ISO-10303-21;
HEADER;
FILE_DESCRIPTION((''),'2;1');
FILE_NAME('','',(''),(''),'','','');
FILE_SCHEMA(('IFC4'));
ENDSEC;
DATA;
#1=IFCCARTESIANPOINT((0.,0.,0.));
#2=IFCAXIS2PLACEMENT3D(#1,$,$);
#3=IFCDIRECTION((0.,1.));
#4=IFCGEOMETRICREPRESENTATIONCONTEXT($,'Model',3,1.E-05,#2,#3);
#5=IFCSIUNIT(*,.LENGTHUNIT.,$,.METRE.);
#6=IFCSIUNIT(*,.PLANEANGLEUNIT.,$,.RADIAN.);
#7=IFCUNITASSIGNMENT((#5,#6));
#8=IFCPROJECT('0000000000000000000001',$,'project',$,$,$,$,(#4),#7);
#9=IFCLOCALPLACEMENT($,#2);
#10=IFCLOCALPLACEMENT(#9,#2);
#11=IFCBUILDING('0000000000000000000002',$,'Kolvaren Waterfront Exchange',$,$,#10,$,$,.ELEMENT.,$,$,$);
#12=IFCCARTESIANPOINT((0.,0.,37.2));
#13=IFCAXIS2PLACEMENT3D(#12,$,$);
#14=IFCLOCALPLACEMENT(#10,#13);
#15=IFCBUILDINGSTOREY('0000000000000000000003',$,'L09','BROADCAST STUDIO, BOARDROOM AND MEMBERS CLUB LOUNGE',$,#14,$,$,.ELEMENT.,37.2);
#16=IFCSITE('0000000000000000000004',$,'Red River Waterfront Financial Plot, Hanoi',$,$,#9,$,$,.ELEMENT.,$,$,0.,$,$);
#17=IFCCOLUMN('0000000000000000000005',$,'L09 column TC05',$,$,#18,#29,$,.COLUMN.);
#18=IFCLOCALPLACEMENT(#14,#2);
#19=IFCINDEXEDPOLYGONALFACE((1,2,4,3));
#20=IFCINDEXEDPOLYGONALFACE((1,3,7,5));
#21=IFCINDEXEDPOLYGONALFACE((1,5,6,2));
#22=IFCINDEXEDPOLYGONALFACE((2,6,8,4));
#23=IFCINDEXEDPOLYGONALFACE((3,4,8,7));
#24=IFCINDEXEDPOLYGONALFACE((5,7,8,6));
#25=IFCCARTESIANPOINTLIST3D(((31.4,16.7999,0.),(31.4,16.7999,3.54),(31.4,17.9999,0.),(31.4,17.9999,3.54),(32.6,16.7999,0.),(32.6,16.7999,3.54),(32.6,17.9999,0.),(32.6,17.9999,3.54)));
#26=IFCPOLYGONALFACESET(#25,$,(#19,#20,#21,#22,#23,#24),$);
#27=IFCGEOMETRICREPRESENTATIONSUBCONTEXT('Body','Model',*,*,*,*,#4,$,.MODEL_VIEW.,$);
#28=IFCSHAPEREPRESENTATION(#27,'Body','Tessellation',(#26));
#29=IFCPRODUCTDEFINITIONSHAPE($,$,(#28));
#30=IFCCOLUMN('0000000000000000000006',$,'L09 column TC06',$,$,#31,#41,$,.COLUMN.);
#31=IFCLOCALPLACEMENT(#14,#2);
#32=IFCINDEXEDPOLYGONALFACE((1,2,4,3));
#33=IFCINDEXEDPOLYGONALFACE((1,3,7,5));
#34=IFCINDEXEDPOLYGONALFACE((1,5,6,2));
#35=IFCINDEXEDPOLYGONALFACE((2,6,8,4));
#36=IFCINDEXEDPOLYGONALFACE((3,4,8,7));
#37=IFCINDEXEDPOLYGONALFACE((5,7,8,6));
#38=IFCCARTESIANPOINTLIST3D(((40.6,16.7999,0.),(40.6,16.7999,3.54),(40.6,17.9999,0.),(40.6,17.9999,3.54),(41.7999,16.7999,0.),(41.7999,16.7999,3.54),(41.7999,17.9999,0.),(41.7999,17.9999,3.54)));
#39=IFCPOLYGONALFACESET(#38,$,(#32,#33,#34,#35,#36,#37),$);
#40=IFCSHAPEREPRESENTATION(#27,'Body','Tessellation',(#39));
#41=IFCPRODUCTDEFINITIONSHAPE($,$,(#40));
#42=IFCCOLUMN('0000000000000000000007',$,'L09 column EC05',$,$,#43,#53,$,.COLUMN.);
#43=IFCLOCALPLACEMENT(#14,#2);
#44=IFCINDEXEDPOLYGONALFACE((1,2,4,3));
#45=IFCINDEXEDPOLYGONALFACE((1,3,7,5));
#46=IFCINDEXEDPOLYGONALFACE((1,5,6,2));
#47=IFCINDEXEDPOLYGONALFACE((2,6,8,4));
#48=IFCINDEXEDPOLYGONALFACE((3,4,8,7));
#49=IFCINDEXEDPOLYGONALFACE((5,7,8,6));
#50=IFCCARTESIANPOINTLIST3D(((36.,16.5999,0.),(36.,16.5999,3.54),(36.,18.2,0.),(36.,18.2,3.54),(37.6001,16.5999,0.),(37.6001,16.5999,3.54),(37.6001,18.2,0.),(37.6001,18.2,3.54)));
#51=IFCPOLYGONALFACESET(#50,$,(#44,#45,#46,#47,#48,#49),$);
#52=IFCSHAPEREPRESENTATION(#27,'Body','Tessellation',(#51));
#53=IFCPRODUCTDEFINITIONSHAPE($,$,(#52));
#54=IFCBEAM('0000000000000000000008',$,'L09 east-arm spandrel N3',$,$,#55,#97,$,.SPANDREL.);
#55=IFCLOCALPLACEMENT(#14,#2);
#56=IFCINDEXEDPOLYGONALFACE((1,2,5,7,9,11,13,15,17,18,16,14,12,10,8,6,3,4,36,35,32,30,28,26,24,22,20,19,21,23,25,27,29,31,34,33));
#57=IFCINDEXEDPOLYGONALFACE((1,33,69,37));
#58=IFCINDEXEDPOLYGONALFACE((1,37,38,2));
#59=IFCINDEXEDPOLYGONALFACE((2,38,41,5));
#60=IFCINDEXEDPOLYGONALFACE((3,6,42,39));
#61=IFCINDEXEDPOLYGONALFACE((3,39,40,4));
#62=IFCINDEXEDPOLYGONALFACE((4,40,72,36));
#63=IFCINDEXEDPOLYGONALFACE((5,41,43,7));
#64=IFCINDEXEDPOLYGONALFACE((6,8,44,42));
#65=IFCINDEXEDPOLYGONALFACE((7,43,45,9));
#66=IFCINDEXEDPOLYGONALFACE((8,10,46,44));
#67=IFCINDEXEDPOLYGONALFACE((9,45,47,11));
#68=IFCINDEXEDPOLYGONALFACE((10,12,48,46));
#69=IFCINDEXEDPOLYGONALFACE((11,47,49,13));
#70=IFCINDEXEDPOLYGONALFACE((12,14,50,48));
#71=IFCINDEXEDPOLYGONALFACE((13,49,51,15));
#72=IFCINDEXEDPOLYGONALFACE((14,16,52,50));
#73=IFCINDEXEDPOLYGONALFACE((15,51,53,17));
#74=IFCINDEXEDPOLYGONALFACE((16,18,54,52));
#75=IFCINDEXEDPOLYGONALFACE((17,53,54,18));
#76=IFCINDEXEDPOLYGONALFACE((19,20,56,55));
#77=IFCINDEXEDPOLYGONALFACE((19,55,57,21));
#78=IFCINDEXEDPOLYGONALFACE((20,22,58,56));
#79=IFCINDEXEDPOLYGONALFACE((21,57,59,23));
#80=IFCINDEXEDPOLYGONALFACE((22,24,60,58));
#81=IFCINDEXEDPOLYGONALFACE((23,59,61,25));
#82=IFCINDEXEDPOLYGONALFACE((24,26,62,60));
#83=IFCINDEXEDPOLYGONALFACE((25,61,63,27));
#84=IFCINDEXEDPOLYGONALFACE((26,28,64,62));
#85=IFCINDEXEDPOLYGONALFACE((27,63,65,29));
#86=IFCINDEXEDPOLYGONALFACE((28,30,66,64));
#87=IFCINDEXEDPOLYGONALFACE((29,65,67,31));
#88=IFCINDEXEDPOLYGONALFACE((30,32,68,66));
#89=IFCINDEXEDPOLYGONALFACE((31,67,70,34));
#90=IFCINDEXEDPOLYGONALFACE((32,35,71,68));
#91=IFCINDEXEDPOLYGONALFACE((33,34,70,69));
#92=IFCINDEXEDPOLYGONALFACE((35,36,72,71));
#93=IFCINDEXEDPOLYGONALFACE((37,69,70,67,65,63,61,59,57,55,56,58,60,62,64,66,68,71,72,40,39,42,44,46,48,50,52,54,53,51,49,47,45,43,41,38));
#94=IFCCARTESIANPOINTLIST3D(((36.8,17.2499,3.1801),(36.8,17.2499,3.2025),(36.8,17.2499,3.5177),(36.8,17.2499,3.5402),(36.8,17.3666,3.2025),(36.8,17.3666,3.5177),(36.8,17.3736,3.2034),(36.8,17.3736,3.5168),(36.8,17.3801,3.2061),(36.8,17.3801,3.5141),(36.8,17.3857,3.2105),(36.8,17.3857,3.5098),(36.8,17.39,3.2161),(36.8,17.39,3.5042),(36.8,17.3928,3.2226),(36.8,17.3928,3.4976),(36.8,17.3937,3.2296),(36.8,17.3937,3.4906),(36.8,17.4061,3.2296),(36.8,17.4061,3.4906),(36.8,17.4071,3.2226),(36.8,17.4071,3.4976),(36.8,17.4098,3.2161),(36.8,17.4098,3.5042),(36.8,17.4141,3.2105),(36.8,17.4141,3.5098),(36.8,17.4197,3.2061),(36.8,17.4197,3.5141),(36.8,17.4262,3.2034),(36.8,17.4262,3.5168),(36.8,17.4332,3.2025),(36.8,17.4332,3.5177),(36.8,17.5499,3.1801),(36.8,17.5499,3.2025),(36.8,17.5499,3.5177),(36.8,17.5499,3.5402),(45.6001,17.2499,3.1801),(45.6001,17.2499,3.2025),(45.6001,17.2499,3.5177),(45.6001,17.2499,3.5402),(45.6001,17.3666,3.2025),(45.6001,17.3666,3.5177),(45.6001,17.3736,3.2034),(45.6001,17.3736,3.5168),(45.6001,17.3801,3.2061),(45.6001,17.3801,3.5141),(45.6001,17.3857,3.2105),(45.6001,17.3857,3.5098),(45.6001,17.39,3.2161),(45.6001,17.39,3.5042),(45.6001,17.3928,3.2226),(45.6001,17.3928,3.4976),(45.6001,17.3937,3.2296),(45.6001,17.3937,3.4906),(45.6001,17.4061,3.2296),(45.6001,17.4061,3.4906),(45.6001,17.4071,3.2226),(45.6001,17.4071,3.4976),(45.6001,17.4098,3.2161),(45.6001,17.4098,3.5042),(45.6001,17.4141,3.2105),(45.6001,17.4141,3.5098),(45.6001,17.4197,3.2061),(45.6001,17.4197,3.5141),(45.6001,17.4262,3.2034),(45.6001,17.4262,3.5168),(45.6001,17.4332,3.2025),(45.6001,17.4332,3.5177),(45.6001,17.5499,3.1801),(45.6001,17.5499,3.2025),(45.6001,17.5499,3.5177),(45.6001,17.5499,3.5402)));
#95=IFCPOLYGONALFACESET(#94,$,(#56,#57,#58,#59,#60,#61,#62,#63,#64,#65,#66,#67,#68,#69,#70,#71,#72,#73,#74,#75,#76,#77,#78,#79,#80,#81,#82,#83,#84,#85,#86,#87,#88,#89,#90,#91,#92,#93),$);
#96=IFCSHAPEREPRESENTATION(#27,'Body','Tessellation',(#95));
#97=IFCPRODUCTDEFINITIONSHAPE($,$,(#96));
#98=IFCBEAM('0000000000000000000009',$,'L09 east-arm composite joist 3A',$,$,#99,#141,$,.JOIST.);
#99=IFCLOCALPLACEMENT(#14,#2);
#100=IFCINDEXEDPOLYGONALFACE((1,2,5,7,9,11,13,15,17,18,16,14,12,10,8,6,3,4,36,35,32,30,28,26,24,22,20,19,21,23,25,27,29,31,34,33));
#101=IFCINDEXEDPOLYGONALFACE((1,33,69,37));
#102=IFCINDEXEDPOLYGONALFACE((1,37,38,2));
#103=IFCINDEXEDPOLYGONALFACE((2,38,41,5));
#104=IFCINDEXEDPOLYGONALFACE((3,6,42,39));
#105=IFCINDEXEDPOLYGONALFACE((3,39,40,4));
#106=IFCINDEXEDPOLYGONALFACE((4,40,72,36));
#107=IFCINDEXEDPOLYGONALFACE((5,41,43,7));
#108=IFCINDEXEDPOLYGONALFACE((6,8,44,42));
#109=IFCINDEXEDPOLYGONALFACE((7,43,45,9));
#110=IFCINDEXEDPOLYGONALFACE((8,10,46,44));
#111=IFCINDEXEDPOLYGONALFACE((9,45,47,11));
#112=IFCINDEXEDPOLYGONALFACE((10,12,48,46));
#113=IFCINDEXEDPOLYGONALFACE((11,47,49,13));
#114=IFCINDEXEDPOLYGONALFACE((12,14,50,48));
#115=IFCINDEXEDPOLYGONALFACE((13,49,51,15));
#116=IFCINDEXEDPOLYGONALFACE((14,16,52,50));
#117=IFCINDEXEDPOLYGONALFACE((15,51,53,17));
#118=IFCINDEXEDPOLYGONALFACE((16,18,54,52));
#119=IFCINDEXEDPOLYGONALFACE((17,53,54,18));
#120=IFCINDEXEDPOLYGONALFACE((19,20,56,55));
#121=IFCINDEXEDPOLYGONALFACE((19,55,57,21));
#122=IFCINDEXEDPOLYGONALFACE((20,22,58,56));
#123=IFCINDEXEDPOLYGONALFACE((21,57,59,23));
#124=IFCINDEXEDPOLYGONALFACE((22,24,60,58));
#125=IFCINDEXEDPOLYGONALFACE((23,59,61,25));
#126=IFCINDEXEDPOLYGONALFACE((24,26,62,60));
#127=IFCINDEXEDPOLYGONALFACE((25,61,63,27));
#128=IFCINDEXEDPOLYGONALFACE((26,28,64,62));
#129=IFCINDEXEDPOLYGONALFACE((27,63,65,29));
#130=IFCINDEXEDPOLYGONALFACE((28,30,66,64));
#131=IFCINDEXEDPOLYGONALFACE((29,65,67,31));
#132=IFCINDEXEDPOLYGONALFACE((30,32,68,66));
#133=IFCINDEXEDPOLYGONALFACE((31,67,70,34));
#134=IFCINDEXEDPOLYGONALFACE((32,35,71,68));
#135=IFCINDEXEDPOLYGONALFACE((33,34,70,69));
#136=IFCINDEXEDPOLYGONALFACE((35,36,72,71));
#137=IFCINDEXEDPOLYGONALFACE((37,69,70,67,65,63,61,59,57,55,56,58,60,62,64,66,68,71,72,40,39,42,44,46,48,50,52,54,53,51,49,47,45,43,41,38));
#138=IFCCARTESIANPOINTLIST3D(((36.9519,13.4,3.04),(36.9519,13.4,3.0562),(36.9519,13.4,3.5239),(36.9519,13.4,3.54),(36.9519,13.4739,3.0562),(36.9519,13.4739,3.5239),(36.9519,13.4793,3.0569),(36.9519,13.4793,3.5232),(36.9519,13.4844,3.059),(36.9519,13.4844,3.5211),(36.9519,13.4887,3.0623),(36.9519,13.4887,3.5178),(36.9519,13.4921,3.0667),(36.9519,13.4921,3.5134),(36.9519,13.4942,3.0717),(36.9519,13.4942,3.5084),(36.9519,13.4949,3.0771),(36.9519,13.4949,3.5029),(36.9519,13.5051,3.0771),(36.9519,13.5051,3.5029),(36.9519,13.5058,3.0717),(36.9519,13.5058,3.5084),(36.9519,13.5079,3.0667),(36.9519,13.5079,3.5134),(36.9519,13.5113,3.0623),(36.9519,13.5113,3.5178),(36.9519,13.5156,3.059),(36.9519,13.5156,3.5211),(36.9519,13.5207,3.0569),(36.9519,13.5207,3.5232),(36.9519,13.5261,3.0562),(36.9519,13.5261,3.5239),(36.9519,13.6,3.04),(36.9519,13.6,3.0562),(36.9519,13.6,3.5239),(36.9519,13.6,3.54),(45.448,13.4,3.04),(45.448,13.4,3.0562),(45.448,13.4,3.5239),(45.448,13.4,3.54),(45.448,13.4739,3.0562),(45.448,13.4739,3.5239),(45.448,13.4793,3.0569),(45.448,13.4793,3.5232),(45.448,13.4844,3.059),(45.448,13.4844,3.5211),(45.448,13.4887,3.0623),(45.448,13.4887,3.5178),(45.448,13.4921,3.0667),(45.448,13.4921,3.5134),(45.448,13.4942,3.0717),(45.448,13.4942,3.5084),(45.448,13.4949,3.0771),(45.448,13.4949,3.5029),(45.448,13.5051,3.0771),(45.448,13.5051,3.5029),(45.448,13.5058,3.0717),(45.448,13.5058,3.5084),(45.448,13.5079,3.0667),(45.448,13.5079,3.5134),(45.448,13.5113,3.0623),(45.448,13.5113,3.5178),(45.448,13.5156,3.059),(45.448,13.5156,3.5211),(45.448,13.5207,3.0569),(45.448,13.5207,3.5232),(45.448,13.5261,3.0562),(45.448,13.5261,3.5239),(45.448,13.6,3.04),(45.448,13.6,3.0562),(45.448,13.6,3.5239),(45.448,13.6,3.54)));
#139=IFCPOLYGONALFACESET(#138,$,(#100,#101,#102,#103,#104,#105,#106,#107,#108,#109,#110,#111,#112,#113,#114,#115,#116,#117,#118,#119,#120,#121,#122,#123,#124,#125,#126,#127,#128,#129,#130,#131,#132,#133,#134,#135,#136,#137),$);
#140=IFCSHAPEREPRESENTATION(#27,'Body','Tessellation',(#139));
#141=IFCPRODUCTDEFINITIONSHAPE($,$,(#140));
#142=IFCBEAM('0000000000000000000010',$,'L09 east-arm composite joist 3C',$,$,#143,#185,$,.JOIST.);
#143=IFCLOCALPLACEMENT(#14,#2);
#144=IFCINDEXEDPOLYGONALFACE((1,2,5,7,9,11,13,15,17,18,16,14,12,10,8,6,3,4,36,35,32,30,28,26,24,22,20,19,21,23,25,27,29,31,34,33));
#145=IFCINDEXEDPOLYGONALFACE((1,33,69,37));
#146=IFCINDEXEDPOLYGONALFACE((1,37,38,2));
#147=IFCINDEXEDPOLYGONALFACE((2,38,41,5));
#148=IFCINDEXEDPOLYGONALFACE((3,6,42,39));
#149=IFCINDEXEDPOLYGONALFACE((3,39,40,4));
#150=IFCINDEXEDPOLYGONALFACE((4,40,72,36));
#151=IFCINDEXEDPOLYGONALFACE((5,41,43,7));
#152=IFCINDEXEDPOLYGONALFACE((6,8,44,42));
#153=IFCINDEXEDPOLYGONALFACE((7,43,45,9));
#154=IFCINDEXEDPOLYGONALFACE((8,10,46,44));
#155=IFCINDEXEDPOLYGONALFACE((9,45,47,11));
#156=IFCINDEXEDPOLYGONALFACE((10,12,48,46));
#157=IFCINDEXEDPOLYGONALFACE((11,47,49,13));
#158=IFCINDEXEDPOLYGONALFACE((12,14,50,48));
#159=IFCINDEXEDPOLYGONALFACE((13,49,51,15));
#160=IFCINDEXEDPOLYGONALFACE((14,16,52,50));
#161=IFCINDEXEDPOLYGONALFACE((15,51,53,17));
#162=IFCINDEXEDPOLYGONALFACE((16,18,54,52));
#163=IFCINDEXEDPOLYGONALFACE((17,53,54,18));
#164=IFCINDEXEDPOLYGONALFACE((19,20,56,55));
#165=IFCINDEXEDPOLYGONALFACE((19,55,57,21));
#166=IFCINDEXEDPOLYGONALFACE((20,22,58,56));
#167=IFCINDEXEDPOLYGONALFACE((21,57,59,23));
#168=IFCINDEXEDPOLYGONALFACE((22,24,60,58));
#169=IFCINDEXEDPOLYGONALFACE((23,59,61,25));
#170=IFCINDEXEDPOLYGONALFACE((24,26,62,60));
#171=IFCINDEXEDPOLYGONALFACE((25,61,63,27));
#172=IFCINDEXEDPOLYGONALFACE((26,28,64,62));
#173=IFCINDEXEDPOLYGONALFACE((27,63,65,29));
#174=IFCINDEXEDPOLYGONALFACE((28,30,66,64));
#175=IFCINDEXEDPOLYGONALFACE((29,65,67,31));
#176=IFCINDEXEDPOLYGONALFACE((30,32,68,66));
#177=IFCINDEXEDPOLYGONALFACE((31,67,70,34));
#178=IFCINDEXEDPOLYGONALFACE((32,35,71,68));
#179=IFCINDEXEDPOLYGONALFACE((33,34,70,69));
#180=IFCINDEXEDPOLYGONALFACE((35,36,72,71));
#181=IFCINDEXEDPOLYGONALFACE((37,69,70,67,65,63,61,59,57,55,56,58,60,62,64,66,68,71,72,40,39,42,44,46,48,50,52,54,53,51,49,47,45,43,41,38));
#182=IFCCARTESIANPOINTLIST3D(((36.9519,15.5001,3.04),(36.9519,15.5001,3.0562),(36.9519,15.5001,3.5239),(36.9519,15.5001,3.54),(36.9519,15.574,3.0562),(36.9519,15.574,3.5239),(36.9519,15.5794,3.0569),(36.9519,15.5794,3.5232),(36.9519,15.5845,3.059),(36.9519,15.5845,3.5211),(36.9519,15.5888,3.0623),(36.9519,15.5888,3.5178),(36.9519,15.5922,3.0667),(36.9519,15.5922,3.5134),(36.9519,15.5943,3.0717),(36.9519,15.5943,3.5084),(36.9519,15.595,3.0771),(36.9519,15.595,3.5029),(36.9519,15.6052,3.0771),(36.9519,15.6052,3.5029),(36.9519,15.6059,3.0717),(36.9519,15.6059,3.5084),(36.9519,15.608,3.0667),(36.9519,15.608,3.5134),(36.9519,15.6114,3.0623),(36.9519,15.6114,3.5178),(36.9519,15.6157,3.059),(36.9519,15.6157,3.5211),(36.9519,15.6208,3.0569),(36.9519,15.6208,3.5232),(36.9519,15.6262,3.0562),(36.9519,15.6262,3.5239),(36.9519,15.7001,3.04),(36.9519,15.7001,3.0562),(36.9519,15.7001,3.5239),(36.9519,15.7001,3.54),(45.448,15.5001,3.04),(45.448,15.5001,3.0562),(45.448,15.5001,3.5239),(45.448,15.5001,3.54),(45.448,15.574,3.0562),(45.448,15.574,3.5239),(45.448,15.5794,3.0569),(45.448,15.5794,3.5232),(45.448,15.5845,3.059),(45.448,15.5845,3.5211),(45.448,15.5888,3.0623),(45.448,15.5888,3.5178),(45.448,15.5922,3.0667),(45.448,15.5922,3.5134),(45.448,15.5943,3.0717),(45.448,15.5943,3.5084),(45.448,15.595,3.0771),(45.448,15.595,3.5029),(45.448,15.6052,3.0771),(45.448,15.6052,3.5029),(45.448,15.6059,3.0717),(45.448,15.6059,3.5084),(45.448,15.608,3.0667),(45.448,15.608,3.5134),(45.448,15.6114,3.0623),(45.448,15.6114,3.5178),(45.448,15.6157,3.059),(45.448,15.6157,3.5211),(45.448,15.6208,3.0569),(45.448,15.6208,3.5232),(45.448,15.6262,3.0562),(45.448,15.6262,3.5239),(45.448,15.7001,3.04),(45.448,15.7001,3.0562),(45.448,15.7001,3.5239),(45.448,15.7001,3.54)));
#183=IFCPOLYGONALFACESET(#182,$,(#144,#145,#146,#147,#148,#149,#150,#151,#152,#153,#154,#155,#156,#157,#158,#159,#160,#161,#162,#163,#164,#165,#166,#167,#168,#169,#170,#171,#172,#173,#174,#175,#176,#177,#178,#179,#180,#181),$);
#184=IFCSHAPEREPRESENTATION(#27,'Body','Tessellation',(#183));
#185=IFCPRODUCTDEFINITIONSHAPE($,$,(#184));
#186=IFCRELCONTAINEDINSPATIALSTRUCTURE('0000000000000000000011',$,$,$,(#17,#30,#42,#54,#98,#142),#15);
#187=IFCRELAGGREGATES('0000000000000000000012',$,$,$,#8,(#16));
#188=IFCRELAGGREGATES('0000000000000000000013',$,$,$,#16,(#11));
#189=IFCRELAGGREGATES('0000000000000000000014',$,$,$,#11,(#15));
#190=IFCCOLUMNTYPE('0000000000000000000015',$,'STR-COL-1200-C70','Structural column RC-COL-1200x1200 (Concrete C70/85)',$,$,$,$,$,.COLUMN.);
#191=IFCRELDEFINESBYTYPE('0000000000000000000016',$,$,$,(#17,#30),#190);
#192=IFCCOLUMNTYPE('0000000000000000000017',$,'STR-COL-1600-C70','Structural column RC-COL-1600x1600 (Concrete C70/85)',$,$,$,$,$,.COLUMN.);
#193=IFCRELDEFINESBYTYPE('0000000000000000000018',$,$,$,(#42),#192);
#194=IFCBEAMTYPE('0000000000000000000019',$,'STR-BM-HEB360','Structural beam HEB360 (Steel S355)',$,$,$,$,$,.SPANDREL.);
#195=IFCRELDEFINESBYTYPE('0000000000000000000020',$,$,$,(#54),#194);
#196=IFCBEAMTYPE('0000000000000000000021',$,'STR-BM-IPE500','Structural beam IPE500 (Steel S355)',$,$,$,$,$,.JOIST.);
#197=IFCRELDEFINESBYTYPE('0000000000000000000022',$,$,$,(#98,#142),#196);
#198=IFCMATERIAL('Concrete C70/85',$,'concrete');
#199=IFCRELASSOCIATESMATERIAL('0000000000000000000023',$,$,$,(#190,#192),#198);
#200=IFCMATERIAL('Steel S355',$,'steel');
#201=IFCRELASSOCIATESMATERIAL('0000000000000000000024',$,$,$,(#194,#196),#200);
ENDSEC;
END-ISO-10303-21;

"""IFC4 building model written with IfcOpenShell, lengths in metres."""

from ifc_helpers import new_model, si_unit, direction, frame, origin, origin_2d, place, context, subcontext, project, spatial, rectangle, i_section, extrude, material, material_profile, profile_set, type_object, element, save


model = new_model("IFC4")

# Units and contexts
model_context = context("Model", 3, precision=1e-05, world=origin(), true_north=direction((0.0, 1.0)))
body_context = subcontext(model_context, "Body", "Model", "MODEL_VIEW")
ifc_project = project(units=[si_unit("LENGTHUNIT", "METRE"), si_unit("PLANEANGLEUNIT", "RADIAN")], contexts=[model_context])

# Site, building, storey
site_placement = place(None, origin())
site = spatial("IfcSite", under=ifc_project, at=site_placement, Name="Red River Waterfront Financial Plot, Hanoi", CompositionType="ELEMENT", RefElevation=0.0)
building_placement = place(site_placement, origin())
building = spatial("IfcBuilding", under=site, at=building_placement, Name="Kolvaren Waterfront Exchange", CompositionType="ELEMENT")
storey_placement = place(building_placement, frame((0.0, 0.0, 37.2)))
storey = spatial("IfcBuildingStorey", under=building, at=storey_placement, Name="L09", Description="BROADCAST STUDIO, BOARDROOM AND MEMBERS CLUB LOUNGE", CompositionType="ELEMENT", Elevation=37.2)

# Columns
ifc_material_1 = material(Name="Concrete C70/85", Category="concrete")
ifc_material_profile_1 = material_profile(ifc_material_1, rectangle(XDim=1.2, YDim=1.2, at=origin_2d()), Name="RC-COL-1200x1200")
ifc_profile_set_1 = profile_set([ifc_material_profile_1], Name="Concrete C70/85")
column_type_1 = type_object("IfcColumnType", Name="STR-COL-1200-C70", Description="Structural column RC-COL-1200x1200 (Concrete C70/85)", PredefinedType="COLUMN", material=ifc_profile_set_1)
for number, where, z_axis, x_axis, name in (
    (1, (32.0, 17.3999, 0.0), (0.0, 0.0, 1.0), (1.0, 0.0, 0.0), "L09 column TC05"),
    (2, (41.2, 17.3999, 0.0), (0.0, 0.0, 1.0), (1.0, 0.0, 0.0), "L09 column TC06"),
):
    element("IfcColumn", number, at=place(storey_placement, frame(where, z_axis=z_axis, x_axis=x_axis)), inside=storey, type_object=column_type_1, Name=name, PredefinedType="COLUMN", context=body_context, shape_type="SweptSolid", body=[
        extrude(rectangle(XDim=1.2, YDim=1.2, at=origin_2d()), origin(), (0.0, 0.0, 1.0), 3.54),
    ])
ifc_material_profile_2 = material_profile(ifc_material_1, rectangle(XDim=1.6001, YDim=1.6001, at=origin_2d()), Name="RC-COL-1600x1600")
ifc_profile_set_2 = profile_set([ifc_material_profile_2], Name="Concrete C70/85")
column_type_2 = type_object("IfcColumnType", Name="STR-COL-1600-C70", Description="Structural column RC-COL-1600x1600 (Concrete C70/85)", PredefinedType="COLUMN", material=ifc_profile_set_2)
column_placement = place(storey_placement, frame((36.8, 17.3999, 0.0), z_axis=(0.0, 0.0, 1.0), x_axis=(1.0, 0.0, 0.0)))
element("IfcColumn", 3, at=column_placement, inside=storey, type_object=column_type_2, Name="L09 column EC05", PredefinedType="COLUMN", context=body_context, shape_type="SweptSolid", body=[
    extrude(rectangle(XDim=1.6001, YDim=1.6001, at=origin_2d()), origin(), (0.0, 0.0, 1.0), 3.54),
])

# Beams
ifc_material_2 = material(Name="Steel S355", Category="steel")
ifc_material_profile_3 = material_profile(ifc_material_2, i_section(OverallWidth=0.3, OverallDepth=0.3601, WebThickness=0.0125, FlangeThickness=0.0225, FilletRadius=0.0271, at=origin_2d()), Name="HEB360")
ifc_profile_set_3 = profile_set([ifc_material_profile_3], Name="Steel S355")
beam_type_1 = type_object("IfcBeamType", Name="STR-BM-HEB360", Description="Structural beam HEB360 (Steel S355)", PredefinedType="SPANDREL", material=ifc_profile_set_3)
beam_placement = place(storey_placement, frame((36.8, 17.3999, 3.3601), z_axis=(1.0, 0.0, 0.0), x_axis=(0.0, 1.0, 0.0)))
element("IfcBeam", 4, at=beam_placement, inside=storey, type_object=beam_type_1, Name="L09 east-arm spandrel N3", PredefinedType="SPANDREL", context=body_context, shape_type="SweptSolid", body=[
    extrude(i_section(OverallWidth=0.3, OverallDepth=0.3601, WebThickness=0.0125, FlangeThickness=0.0225, FilletRadius=0.0271, at=origin_2d()), origin(), (0.0, 0.0, 1.0), 8.8),
])
ifc_material_profile_4 = material_profile(ifc_material_2, i_section(OverallWidth=0.2, OverallDepth=0.5, WebThickness=0.0103, FlangeThickness=0.0161, FilletRadius=0.021, at=origin_2d()), Name="IPE500")
ifc_profile_set_4 = profile_set([ifc_material_profile_4], Name="Steel S355")
beam_type_2 = type_object("IfcBeamType", Name="STR-BM-IPE500", Description="Structural beam IPE500 (Steel S355)", PredefinedType="JOIST", material=ifc_profile_set_4)
for number, where, z_axis, x_axis, name in (
    (5, (36.9519, 13.5, 3.29), (1.0, 0.0, 0.0), (0.0, 1.0, 0.0), "L09 east-arm composite joist 3A"),
    (6, (36.9519, 15.6001, 3.29), (1.0, 0.0, 0.0), (0.0, 1.0, 0.0), "L09 east-arm composite joist 3C"),
):
    element("IfcBeam", number, at=place(storey_placement, frame(where, z_axis=z_axis, x_axis=x_axis)), inside=storey, type_object=beam_type_2, Name=name, PredefinedType="JOIST", context=body_context, shape_type="SweptSolid", body=[
        extrude(i_section(OverallWidth=0.2, OverallDepth=0.5, WebThickness=0.0103, FlangeThickness=0.0161, FilletRadius=0.021, at=origin_2d()), origin(), (0.0, 0.0, 1.0), 8.4961),
    ])

save(model, "model.ifc")
